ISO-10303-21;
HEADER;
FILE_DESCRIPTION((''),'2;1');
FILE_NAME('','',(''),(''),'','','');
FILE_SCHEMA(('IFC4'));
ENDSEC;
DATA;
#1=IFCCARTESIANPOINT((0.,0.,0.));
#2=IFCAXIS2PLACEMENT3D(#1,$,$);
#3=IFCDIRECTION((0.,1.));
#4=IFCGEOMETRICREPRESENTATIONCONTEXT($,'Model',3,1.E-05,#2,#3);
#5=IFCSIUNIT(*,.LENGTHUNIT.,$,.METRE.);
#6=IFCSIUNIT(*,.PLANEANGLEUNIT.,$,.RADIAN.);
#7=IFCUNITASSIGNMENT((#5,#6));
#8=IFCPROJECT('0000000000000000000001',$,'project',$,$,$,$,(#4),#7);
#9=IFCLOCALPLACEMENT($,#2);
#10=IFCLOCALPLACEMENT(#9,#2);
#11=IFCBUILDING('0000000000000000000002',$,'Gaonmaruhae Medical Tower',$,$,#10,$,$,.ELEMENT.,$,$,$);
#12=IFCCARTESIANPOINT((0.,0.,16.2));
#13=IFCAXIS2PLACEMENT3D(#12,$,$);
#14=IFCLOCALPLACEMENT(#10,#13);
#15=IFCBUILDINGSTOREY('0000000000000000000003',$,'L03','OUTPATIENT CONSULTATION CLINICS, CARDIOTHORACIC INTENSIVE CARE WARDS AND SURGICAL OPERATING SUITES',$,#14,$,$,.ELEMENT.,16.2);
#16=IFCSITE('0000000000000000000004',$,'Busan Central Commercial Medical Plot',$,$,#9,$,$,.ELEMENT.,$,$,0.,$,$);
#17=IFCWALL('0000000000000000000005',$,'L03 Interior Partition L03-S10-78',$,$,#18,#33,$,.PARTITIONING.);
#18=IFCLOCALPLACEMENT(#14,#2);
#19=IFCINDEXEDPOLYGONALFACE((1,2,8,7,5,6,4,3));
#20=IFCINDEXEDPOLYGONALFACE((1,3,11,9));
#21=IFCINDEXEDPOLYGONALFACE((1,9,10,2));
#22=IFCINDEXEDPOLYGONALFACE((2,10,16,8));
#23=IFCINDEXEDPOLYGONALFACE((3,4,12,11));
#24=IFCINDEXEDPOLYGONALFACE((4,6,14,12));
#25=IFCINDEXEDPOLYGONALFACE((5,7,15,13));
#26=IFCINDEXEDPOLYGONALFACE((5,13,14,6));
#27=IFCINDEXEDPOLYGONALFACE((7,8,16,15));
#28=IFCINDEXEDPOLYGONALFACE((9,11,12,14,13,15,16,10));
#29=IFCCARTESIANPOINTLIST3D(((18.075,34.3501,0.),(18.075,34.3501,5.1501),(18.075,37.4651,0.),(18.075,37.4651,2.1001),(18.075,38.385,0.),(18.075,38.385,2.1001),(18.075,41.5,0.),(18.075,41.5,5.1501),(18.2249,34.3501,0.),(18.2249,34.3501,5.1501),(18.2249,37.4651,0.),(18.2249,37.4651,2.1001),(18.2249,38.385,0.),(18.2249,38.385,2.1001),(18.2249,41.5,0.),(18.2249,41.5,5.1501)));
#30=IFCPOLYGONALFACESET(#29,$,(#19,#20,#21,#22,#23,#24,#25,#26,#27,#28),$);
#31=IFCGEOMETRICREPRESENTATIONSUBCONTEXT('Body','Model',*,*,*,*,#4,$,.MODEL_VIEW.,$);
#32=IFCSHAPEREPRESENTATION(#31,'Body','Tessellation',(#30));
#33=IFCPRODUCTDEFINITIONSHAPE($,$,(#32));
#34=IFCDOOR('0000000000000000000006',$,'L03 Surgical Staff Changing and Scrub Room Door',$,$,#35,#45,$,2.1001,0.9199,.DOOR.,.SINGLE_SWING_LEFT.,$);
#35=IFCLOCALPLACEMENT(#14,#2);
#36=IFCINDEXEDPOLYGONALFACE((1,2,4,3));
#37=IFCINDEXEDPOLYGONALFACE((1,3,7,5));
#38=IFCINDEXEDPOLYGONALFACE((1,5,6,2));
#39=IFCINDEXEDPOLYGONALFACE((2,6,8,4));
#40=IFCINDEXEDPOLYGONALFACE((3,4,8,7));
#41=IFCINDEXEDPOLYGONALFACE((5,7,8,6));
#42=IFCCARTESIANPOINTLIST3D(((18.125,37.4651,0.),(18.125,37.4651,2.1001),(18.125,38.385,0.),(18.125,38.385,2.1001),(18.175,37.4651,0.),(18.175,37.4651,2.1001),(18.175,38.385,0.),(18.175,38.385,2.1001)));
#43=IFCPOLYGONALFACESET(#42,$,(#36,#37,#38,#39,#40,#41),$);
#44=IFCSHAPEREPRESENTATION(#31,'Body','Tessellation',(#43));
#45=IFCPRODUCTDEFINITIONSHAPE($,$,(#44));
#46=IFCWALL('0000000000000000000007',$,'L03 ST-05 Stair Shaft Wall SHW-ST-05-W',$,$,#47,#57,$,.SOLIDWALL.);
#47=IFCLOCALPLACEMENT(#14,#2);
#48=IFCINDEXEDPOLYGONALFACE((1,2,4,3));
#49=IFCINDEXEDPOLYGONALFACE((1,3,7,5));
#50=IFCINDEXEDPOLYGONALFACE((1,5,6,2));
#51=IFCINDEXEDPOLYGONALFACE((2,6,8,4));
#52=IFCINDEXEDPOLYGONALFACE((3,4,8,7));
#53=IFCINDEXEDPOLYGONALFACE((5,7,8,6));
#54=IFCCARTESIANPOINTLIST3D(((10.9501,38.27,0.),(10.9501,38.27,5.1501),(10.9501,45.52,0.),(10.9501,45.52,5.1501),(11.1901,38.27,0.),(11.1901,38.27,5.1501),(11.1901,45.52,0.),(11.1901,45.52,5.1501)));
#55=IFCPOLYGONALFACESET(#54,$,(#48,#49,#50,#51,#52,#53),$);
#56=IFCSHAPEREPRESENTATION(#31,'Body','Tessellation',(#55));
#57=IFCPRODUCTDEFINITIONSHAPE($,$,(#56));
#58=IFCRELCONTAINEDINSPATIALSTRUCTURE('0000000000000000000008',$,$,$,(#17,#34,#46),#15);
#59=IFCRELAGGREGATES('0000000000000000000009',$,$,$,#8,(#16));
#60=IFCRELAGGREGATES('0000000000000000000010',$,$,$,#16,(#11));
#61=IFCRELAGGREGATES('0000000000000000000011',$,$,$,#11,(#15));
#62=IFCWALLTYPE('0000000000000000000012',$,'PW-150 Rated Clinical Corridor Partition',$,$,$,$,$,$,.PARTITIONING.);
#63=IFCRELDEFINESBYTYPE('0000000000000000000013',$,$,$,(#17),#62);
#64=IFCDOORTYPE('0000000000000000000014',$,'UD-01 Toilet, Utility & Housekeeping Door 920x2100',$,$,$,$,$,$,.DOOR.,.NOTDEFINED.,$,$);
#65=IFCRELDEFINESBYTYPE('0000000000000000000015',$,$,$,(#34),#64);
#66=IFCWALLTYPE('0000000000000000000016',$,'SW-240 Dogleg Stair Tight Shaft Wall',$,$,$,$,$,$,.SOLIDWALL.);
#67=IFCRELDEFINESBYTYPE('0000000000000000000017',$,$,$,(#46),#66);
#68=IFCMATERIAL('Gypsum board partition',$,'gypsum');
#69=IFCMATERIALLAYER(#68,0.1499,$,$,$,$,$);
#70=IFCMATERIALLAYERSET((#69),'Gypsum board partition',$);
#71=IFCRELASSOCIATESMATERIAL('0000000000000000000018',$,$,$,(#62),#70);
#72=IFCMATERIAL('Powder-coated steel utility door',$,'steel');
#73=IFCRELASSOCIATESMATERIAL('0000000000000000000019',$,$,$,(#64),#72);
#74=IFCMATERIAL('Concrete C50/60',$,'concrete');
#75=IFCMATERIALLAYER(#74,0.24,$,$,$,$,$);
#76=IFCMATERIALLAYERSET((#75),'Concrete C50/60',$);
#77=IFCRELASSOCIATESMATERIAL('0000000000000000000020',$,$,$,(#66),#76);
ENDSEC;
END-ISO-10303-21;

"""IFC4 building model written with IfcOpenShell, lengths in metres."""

from ifc_helpers import new_model, si_unit, direction, frame, frame_2d, origin, place, context, subcontext, project, spatial, rectangle, extrude, material, layer, layer_set, type_object, element, fill, save


model = new_model("IFC4")

# Units and contexts
model_context = context("Model", 3, precision=1e-05, world=origin(), true_north=direction((0.0, 1.0)))
body_context = subcontext(model_context, "Body", "Model", "MODEL_VIEW")
ifc_project = project(units=[si_unit("LENGTHUNIT", "METRE"), si_unit("PLANEANGLEUNIT", "RADIAN")], contexts=[model_context])

# Site, building, storey
site_placement = place(None, origin())
site = spatial("IfcSite", under=ifc_project, at=site_placement, Name="Busan Central Commercial Medical Plot", CompositionType="ELEMENT", RefElevation=0.0)
building_placement = place(site_placement, origin())
building = spatial("IfcBuilding", under=site, at=building_placement, Name="Gaonmaruhae Medical Tower", CompositionType="ELEMENT")
storey_placement = place(building_placement, frame((0.0, 0.0, 16.2)))
storey = spatial("IfcBuildingStorey", under=building, at=storey_placement, Name="L03", Description="OUTPATIENT CONSULTATION CLINICS, CARDIOTHORACIC INTENSIVE CARE WARDS AND SURGICAL OPERATING SUITES", CompositionType="ELEMENT", Elevation=16.2)

# Shared definitions
ifc_material_1 = material(Name="Concrete C50/60", Category="concrete")

# Shared definitions
ifc_material_2 = material(Name="Gypsum board partition", Category="gypsum")
ifc_layer_1 = layer(ifc_material_2, 0.1499)
ifc_layer_set_1 = layer_set([ifc_layer_1], Name="Gypsum board partition")
wall_type_1 = type_object("IfcWallType", Name="PW-150 Rated Clinical Corridor Partition", PredefinedType="PARTITIONING", material=ifc_layer_set_1)

# Wall, opening, door
wall_1_placement = place(storey_placement, frame((18.1499, 34.3501, 0.0), z_axis=(0.0, 0.0, 1.0), x_axis=(0.0, 1.0, 0.0)))
wall_1 = element("IfcWall", 1, at=wall_1_placement, inside=storey, type_object=wall_type_1, Name="L03 Interior Partition L03-S10-78", PredefinedType="PARTITIONING", context=body_context, shape_type="SweptSolid", body=[
    extrude(rectangle(XDim=7.1499, YDim=0.1499, at=frame_2d((3.575, 0.0))), origin(), (0.0, 0.0, 1.0), 5.1501),
])
opening_1_placement = place(wall_1_placement, frame((3.115, 0.0, 0.0)))
opening_1 = element("IfcOpeningElement", 2, at=opening_1_placement, cuts=wall_1, PredefinedType="OPENING", context=body_context, shape_type="SweptSolid", body=[
    extrude(rectangle(XDim=0.9199, YDim=2.1001, at=frame_2d((0.46, 1.05))), frame((0.0, 0.085, 0.0), z_axis=(0.0, -1.0, 0.0), x_axis=(1.0, 0.0, 0.0)), (0.0, 0.0, 1.0), 0.1699),
])
ifc_material_3 = material(Name="Powder-coated steel utility door", Category="steel")
door_type_1 = type_object("IfcDoorType", Name="UD-01 Toilet, Utility & Housekeeping Door 920x2100", OperationType="NOTDEFINED", PredefinedType="DOOR", material=ifc_material_3)
door_1_placement = place(opening_1_placement, origin())
door_1 = element("IfcDoor", 3, at=door_1_placement, inside=storey, type_object=door_type_1, Name="L03 Surgical Staff Changing and Scrub Room Door", OperationType="SINGLE_SWING_LEFT", OverallHeight=2.1001, OverallWidth=0.9199, PredefinedType="DOOR", context=body_context, shape_type="SweptSolid", body=[
    extrude(rectangle(XDim=0.9199, YDim=2.1001, at=frame_2d((0.46, 1.05))), frame((0.0, 0.0249, 0.0), z_axis=(0.0, -1.0, 0.0), x_axis=(1.0, 0.0, 0.0)), (0.0, 0.0, 1.0), 0.05),
])
fill(opening_1, door_1)

# Wall
ifc_layer_2 = layer(ifc_material_1, 0.24)
ifc_layer_set_2 = layer_set([ifc_layer_2], Name="Concrete C50/60")
wall_type_2 = type_object("IfcWallType", Name="SW-240 Dogleg Stair Tight Shaft Wall", PredefinedType="SOLIDWALL", material=ifc_layer_set_2)
wall_2_placement = place(storey_placement, frame((11.0701, 38.27, 0.0), z_axis=(0.0, 0.0, 1.0), x_axis=(0.0, 1.0, 0.0)))
element("IfcWall", 4, at=wall_2_placement, inside=storey, type_object=wall_type_2, Name="L03 ST-05 Stair Shaft Wall SHW-ST-05-W", PredefinedType="SOLIDWALL", context=body_context, shape_type="SweptSolid", body=[
    extrude(rectangle(XDim=7.25, YDim=0.24, at=frame_2d((3.625, 0.0))), origin(), (0.0, 0.0, 1.0), 5.1501),
])

save(model, "model.ifc")
